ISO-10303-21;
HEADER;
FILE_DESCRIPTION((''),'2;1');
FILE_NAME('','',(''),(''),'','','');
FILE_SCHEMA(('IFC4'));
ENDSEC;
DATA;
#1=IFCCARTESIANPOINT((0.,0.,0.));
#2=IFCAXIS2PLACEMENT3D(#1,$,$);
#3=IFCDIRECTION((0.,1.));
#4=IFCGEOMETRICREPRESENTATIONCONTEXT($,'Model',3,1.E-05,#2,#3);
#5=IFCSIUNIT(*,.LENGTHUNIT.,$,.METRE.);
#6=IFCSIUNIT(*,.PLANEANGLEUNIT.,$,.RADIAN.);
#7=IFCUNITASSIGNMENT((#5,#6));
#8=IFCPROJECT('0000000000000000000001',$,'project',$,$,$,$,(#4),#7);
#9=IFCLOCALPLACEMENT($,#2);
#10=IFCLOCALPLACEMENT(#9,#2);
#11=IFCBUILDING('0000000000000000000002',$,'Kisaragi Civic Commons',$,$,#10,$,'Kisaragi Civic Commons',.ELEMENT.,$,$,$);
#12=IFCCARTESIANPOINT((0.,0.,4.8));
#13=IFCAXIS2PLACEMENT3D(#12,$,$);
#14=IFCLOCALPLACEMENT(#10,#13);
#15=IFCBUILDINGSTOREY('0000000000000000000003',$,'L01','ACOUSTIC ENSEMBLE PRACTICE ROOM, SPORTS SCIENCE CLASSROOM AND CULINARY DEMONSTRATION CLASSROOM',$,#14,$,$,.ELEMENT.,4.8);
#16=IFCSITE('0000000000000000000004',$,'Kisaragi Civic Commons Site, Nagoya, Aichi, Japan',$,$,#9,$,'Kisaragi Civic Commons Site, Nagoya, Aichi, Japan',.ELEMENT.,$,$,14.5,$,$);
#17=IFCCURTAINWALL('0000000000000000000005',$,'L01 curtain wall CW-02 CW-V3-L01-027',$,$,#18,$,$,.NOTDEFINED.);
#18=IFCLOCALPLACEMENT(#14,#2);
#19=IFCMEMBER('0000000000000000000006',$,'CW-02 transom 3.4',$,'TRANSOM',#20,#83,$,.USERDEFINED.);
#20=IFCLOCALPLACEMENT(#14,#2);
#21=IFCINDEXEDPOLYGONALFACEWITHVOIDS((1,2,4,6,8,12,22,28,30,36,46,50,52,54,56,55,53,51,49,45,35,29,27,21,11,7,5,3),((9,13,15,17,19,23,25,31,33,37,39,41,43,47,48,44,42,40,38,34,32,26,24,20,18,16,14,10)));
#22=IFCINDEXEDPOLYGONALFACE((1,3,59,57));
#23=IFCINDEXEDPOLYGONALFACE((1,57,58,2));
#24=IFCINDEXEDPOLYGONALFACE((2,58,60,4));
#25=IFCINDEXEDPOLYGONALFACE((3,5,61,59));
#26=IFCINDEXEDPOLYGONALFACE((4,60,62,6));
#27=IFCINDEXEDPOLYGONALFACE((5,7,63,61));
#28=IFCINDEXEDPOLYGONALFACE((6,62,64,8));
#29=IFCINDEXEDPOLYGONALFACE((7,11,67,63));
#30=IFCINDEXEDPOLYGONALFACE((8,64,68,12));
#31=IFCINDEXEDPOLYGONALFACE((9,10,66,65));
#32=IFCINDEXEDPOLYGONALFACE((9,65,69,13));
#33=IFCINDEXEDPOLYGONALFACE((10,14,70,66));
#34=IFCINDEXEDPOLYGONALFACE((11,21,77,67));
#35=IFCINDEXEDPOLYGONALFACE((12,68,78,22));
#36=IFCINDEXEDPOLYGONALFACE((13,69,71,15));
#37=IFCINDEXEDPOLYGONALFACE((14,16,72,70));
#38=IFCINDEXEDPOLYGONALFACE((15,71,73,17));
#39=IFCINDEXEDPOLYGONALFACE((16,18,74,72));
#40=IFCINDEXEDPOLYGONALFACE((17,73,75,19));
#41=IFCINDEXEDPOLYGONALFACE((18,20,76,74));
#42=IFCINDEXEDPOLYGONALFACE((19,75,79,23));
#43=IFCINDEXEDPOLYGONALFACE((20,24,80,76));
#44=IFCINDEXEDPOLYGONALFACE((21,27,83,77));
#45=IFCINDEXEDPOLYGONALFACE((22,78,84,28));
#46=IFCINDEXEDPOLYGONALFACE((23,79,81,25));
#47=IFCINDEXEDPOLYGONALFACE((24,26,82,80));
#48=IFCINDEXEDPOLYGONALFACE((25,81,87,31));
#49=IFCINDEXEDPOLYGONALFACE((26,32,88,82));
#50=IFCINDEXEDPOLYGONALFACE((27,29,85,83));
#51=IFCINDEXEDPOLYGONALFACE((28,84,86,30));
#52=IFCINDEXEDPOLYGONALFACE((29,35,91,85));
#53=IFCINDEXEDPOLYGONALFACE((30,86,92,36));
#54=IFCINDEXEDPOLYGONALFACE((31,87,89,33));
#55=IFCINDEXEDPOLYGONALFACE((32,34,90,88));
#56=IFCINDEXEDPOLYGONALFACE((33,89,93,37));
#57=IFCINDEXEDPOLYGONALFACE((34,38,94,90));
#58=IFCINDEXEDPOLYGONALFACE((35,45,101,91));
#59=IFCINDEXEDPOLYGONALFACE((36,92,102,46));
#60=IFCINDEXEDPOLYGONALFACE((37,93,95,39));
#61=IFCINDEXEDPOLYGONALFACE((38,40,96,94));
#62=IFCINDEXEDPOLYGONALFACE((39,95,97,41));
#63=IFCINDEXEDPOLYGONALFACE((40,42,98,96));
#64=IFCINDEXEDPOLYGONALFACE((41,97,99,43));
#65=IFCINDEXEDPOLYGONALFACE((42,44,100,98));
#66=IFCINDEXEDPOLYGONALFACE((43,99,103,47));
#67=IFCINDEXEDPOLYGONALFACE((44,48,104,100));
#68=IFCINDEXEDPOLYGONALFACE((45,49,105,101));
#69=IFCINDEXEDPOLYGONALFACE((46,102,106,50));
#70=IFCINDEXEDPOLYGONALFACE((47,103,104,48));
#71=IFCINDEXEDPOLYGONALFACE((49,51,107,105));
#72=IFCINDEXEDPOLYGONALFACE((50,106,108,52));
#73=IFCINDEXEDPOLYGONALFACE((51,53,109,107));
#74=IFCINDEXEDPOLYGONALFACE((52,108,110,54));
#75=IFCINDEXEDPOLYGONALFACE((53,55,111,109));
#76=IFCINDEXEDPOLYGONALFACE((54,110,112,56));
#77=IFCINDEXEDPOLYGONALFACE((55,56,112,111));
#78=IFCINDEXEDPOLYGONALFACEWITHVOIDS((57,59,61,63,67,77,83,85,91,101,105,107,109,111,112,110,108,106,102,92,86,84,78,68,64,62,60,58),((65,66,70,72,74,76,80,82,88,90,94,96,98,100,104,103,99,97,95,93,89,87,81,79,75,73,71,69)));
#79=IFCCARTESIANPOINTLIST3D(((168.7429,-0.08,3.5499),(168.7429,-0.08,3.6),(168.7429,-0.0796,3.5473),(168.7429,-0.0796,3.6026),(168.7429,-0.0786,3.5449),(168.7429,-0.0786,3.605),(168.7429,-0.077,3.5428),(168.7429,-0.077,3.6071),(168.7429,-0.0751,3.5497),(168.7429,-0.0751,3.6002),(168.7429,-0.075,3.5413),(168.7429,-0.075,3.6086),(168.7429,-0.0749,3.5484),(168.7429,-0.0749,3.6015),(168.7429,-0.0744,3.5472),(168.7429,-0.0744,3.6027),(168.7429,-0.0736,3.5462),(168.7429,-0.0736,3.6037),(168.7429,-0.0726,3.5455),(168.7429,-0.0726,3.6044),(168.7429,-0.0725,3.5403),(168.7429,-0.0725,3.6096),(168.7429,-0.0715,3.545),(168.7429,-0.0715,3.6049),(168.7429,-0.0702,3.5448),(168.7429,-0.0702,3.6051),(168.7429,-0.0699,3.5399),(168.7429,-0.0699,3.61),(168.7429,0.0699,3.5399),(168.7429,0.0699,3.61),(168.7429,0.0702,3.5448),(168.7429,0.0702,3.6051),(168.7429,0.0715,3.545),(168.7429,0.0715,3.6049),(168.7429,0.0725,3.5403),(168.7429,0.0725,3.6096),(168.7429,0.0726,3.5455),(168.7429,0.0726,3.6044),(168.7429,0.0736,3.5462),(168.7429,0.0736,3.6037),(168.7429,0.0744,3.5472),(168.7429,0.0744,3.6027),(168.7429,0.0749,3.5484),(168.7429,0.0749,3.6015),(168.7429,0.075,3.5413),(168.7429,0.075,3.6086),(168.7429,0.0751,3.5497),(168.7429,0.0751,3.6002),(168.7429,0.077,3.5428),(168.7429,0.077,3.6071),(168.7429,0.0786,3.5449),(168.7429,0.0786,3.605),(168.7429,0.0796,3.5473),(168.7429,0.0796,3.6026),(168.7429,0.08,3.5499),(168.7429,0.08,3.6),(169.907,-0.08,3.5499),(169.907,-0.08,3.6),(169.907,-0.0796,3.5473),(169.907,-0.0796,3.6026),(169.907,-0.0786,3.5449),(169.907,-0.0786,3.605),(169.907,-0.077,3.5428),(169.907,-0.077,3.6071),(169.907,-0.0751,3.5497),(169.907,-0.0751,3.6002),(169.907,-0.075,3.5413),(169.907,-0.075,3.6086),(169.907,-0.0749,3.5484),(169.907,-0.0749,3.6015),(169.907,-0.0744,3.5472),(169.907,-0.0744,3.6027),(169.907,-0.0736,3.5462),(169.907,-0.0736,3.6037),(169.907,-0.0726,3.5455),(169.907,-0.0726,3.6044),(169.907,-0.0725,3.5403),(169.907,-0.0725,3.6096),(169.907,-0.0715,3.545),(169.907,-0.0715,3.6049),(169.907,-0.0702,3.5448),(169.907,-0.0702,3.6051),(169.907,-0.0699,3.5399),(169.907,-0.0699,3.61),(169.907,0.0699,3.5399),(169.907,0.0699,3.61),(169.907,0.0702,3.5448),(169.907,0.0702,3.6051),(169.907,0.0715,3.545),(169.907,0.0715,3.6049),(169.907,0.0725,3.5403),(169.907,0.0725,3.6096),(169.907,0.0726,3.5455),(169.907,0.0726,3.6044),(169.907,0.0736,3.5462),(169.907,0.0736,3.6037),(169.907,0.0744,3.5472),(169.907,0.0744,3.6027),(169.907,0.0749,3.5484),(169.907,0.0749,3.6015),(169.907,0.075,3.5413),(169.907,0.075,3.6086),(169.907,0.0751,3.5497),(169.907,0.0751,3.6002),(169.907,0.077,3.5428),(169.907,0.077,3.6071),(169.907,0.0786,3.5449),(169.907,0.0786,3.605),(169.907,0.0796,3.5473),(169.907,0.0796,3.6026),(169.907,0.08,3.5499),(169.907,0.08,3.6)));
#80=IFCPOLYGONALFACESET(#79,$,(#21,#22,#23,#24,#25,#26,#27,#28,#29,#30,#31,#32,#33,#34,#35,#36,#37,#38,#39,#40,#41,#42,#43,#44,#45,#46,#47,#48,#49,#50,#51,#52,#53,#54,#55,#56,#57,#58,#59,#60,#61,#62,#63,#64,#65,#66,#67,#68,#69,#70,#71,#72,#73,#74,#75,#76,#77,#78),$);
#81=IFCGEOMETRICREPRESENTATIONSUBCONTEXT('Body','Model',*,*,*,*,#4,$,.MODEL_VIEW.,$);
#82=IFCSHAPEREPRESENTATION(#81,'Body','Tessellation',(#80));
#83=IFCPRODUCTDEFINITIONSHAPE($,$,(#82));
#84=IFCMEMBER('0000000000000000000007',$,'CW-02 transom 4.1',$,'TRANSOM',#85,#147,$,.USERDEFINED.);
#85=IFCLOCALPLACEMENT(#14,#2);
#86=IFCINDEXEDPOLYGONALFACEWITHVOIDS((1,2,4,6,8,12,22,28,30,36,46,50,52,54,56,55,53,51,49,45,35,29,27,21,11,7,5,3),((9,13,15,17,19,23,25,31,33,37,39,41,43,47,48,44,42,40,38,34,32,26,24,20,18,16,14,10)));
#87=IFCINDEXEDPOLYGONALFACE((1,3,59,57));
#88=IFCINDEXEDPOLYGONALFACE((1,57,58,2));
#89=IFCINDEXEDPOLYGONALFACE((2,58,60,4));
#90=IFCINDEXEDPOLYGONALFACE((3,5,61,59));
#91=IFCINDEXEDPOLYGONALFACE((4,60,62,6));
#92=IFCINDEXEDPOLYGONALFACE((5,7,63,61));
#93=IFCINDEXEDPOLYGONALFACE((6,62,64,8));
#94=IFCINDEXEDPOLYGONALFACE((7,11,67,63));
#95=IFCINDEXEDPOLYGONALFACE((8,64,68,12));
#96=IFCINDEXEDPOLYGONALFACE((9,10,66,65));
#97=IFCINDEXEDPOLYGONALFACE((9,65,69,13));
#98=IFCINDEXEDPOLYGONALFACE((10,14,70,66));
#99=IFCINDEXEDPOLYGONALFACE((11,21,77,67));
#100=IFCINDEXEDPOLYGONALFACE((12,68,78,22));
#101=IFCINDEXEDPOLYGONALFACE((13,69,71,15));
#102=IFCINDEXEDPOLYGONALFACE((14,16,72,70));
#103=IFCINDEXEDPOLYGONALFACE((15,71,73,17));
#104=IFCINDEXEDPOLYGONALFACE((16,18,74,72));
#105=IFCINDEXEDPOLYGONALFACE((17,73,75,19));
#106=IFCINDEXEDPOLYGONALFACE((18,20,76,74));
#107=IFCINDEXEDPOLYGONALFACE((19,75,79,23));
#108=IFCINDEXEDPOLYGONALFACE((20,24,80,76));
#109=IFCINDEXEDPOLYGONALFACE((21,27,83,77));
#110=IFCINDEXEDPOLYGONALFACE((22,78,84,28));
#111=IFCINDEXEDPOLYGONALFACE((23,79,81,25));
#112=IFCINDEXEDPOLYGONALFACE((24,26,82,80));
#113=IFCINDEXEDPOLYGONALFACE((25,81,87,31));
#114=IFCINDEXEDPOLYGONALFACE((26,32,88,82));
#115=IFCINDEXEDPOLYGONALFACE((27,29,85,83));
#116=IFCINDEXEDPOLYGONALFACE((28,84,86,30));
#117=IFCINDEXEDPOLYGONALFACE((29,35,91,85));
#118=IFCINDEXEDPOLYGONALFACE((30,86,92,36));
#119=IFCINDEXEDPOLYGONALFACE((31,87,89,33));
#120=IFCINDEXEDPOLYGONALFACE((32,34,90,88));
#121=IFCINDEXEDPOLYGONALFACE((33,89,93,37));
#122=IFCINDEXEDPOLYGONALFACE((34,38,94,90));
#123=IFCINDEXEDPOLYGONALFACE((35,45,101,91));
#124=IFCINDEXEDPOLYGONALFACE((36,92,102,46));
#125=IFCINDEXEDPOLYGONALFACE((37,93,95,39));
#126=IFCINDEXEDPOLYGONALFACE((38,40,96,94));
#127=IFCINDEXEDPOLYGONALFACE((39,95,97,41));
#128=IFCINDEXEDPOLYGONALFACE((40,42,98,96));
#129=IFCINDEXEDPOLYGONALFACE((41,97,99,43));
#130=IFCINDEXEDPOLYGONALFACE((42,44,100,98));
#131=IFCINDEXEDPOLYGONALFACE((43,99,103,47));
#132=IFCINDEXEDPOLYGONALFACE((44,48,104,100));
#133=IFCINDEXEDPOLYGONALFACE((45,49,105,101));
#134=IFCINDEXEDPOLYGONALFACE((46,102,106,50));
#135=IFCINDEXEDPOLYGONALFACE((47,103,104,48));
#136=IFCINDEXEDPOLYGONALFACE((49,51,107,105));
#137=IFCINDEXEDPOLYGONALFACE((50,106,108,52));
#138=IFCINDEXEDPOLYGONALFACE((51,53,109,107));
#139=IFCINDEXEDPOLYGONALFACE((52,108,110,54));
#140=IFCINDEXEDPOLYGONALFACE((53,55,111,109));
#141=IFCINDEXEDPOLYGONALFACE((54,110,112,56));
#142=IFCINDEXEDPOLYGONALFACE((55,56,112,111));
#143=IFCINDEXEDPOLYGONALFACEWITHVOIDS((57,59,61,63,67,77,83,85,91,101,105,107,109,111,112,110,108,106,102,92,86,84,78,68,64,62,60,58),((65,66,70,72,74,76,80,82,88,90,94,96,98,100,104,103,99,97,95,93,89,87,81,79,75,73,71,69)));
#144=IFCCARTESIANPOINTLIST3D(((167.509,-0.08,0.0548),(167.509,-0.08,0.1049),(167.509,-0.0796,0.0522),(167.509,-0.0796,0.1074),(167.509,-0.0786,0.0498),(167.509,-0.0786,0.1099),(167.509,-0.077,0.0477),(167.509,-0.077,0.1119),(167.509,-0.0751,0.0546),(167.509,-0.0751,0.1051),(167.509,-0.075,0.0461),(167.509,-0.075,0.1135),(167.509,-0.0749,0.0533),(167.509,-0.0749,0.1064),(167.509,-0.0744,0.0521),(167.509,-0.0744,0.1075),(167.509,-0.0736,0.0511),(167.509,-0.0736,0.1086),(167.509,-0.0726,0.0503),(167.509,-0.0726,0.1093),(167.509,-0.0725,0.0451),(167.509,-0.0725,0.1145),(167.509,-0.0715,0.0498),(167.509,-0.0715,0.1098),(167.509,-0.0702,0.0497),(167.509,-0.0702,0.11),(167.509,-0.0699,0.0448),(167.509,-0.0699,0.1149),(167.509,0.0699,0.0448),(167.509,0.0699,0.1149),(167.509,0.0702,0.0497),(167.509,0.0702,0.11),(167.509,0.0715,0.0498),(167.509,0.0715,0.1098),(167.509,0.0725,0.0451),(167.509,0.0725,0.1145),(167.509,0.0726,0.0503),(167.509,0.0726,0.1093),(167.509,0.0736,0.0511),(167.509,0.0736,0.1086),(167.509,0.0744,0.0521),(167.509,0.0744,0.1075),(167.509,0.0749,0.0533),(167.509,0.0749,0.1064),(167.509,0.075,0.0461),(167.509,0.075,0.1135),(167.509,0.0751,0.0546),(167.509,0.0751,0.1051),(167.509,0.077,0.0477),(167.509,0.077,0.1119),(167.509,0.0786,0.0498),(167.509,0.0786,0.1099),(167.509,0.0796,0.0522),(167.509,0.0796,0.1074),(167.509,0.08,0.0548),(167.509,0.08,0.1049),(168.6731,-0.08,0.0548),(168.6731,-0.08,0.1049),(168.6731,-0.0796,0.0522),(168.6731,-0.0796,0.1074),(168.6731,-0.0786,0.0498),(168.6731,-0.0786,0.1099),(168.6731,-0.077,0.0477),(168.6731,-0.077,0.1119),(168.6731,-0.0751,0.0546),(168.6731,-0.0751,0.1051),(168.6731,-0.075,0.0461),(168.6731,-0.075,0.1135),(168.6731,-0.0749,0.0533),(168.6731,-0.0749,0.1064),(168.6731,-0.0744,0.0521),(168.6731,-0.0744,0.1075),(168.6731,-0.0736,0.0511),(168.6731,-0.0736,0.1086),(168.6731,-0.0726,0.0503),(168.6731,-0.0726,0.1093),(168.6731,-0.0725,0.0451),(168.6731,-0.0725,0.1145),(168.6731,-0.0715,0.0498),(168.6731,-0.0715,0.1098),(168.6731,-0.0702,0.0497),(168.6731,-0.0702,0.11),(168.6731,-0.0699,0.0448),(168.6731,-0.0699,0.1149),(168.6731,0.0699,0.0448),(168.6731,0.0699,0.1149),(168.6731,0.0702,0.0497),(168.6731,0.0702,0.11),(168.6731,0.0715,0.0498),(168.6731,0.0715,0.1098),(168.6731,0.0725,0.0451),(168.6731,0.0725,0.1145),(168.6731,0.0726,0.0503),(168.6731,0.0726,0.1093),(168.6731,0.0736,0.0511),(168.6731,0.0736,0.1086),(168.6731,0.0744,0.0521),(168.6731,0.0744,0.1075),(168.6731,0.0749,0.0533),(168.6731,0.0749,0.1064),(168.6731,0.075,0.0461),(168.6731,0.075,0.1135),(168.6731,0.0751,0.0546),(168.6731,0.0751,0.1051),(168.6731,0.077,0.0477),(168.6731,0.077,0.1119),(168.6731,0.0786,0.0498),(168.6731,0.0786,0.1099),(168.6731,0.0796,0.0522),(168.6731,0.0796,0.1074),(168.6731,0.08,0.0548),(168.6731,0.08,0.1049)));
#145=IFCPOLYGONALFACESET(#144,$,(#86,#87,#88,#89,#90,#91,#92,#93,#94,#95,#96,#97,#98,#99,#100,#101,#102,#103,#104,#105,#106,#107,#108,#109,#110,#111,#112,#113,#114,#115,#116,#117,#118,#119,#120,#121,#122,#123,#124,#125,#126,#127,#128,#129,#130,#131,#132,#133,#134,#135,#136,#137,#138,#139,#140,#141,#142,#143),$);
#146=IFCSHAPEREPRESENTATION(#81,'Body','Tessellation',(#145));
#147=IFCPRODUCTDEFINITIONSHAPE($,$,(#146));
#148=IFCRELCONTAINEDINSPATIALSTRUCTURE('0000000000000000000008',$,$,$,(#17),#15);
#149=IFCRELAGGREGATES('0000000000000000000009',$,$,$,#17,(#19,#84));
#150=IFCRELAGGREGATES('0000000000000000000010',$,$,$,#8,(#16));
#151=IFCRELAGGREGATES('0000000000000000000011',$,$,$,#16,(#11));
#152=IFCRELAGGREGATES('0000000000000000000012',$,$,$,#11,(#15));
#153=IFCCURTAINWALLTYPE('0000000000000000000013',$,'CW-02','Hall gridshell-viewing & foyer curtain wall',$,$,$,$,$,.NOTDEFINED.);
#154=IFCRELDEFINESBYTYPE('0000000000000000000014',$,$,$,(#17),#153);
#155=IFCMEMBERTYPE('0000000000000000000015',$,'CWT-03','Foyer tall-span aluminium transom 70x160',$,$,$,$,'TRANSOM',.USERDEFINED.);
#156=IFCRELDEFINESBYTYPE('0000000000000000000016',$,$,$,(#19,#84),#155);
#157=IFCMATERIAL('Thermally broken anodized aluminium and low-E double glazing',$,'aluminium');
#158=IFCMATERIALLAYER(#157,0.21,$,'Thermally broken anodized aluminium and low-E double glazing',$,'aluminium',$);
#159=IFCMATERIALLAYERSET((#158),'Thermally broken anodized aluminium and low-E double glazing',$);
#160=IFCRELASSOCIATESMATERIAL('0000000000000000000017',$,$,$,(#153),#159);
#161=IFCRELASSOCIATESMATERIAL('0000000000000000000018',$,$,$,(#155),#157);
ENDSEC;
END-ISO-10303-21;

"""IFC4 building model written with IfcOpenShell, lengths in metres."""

from ifc_helpers import new_model, si_unit, direction, frame, origin, origin_2d, place, context, subcontext, project, spatial, hollow_rectangle, extrude, material, layer, layer_set, material_profile, profile_set, type_object, element, aggregate, save


model = new_model("IFC4")

# Units and contexts
model_context = context("Model", 3, precision=1e-05, world=origin(), true_north=direction((0.0, 1.0)))
body_context = subcontext(model_context, "Body", "Model", "MODEL_VIEW")
ifc_project = project(units=[si_unit("LENGTHUNIT", "METRE"), si_unit("PLANEANGLEUNIT", "RADIAN")], contexts=[model_context])

# Site, building, storey
site_placement = place(None, origin())
site = spatial("IfcSite", under=ifc_project, at=site_placement, Name="Kisaragi Civic Commons Site, Nagoya, Aichi, Japan", LongName="Kisaragi Civic Commons Site, Nagoya, Aichi, Japan", CompositionType="ELEMENT", RefElevation=14.5)
building_placement = place(site_placement, origin())
building = spatial("IfcBuilding", under=site, at=building_placement, Name="Kisaragi Civic Commons", LongName="Kisaragi Civic Commons", CompositionType="ELEMENT")
storey_placement = place(building_placement, frame((0.0, 0.0, 4.8)))
storey = spatial("IfcBuildingStorey", under=building, at=storey_placement, Name="L01", Description="ACOUSTIC ENSEMBLE PRACTICE ROOM, SPORTS SCIENCE CLASSROOM AND CULINARY DEMONSTRATION CLASSROOM", CompositionType="ELEMENT", Elevation=4.8)

# Curtain wall, members
ifc_material = material(Name="Thermally broken anodized aluminium and low-E double glazing", Category="aluminium")
ifc_layer_1 = layer(ifc_material, 0.21, Name="Thermally broken anodized aluminium and low-E double glazing", Category="aluminium")
ifc_layer_set_1 = layer_set([ifc_layer_1], Name="Thermally broken anodized aluminium and low-E double glazing")
curtain_wall_type = type_object("IfcCurtainWallType", Name="CW-02", Description="Hall gridshell-viewing & foyer curtain wall", PredefinedType="NOTDEFINED", material=ifc_layer_set_1)
curtain_wall_placement = place(storey_placement, origin())
curtain_wall = element("IfcCurtainWall", 1, at=curtain_wall_placement, inside=storey, type_object=curtain_wall_type, Name="L01 curtain wall CW-02 CW-V3-L01-027", PredefinedType="NOTDEFINED")
ifc_material_profile_1 = material_profile(ifc_material, hollow_rectangle(XDim=0.1599, YDim=0.0701, WallThickness=0.0049, InnerFilletRadius=0.0049, OuterFilletRadius=0.01, at=origin_2d()), Name="CWT-70x160x5", Category="aluminium")
ifc_profile_set_1 = profile_set([ifc_material_profile_1], Name="Thermally broken anodized aluminium and low-E double glazing")
member_type_1 = type_object("IfcMemberType", Name="CWT-03", Description="Foyer tall-span aluminium transom 70x160", ElementType="TRANSOM", PredefinedType="USERDEFINED", material=ifc_profile_set_1)
member_1_placement = place(storey_placement, frame((169.907, 0.0, 3.575), z_axis=(-1.0, 0.0, 0.0), x_axis=(0.0, -1.0, 0.0)))
member_1 = element("IfcMember", 2, at=member_1_placement, type_object=member_type_1, Name="CW-02 transom 3.4", ObjectType="TRANSOM", PredefinedType="USERDEFINED", context=body_context, shape_type="SweptSolid", body=[
    extrude(hollow_rectangle(XDim=0.1599, YDim=0.0701, WallThickness=0.0049, InnerFilletRadius=0.0049, OuterFilletRadius=0.01, at=origin_2d()), origin(), (0.0, 0.0, 1.0), 1.1641),
])
member_2_placement = place(storey_placement, frame((168.6731, 0.0, 0.0798), z_axis=(-1.0, 0.0, 0.0), x_axis=(0.0, -1.0, 0.0)))
member_2 = element("IfcMember", 3, at=member_2_placement, type_object=member_type_1, Name="CW-02 transom 4.1", ObjectType="TRANSOM", PredefinedType="USERDEFINED", context=body_context, shape_type="SweptSolid", body=[
    extrude(hollow_rectangle(XDim=0.1599, YDim=0.0701, WallThickness=0.0049, InnerFilletRadius=0.0049, OuterFilletRadius=0.01, at=origin_2d()), origin(), (0.0, 0.0, 1.0), 1.1641),
])
aggregate(curtain_wall, [member_1, member_2])

save(model, "model.ifc")
